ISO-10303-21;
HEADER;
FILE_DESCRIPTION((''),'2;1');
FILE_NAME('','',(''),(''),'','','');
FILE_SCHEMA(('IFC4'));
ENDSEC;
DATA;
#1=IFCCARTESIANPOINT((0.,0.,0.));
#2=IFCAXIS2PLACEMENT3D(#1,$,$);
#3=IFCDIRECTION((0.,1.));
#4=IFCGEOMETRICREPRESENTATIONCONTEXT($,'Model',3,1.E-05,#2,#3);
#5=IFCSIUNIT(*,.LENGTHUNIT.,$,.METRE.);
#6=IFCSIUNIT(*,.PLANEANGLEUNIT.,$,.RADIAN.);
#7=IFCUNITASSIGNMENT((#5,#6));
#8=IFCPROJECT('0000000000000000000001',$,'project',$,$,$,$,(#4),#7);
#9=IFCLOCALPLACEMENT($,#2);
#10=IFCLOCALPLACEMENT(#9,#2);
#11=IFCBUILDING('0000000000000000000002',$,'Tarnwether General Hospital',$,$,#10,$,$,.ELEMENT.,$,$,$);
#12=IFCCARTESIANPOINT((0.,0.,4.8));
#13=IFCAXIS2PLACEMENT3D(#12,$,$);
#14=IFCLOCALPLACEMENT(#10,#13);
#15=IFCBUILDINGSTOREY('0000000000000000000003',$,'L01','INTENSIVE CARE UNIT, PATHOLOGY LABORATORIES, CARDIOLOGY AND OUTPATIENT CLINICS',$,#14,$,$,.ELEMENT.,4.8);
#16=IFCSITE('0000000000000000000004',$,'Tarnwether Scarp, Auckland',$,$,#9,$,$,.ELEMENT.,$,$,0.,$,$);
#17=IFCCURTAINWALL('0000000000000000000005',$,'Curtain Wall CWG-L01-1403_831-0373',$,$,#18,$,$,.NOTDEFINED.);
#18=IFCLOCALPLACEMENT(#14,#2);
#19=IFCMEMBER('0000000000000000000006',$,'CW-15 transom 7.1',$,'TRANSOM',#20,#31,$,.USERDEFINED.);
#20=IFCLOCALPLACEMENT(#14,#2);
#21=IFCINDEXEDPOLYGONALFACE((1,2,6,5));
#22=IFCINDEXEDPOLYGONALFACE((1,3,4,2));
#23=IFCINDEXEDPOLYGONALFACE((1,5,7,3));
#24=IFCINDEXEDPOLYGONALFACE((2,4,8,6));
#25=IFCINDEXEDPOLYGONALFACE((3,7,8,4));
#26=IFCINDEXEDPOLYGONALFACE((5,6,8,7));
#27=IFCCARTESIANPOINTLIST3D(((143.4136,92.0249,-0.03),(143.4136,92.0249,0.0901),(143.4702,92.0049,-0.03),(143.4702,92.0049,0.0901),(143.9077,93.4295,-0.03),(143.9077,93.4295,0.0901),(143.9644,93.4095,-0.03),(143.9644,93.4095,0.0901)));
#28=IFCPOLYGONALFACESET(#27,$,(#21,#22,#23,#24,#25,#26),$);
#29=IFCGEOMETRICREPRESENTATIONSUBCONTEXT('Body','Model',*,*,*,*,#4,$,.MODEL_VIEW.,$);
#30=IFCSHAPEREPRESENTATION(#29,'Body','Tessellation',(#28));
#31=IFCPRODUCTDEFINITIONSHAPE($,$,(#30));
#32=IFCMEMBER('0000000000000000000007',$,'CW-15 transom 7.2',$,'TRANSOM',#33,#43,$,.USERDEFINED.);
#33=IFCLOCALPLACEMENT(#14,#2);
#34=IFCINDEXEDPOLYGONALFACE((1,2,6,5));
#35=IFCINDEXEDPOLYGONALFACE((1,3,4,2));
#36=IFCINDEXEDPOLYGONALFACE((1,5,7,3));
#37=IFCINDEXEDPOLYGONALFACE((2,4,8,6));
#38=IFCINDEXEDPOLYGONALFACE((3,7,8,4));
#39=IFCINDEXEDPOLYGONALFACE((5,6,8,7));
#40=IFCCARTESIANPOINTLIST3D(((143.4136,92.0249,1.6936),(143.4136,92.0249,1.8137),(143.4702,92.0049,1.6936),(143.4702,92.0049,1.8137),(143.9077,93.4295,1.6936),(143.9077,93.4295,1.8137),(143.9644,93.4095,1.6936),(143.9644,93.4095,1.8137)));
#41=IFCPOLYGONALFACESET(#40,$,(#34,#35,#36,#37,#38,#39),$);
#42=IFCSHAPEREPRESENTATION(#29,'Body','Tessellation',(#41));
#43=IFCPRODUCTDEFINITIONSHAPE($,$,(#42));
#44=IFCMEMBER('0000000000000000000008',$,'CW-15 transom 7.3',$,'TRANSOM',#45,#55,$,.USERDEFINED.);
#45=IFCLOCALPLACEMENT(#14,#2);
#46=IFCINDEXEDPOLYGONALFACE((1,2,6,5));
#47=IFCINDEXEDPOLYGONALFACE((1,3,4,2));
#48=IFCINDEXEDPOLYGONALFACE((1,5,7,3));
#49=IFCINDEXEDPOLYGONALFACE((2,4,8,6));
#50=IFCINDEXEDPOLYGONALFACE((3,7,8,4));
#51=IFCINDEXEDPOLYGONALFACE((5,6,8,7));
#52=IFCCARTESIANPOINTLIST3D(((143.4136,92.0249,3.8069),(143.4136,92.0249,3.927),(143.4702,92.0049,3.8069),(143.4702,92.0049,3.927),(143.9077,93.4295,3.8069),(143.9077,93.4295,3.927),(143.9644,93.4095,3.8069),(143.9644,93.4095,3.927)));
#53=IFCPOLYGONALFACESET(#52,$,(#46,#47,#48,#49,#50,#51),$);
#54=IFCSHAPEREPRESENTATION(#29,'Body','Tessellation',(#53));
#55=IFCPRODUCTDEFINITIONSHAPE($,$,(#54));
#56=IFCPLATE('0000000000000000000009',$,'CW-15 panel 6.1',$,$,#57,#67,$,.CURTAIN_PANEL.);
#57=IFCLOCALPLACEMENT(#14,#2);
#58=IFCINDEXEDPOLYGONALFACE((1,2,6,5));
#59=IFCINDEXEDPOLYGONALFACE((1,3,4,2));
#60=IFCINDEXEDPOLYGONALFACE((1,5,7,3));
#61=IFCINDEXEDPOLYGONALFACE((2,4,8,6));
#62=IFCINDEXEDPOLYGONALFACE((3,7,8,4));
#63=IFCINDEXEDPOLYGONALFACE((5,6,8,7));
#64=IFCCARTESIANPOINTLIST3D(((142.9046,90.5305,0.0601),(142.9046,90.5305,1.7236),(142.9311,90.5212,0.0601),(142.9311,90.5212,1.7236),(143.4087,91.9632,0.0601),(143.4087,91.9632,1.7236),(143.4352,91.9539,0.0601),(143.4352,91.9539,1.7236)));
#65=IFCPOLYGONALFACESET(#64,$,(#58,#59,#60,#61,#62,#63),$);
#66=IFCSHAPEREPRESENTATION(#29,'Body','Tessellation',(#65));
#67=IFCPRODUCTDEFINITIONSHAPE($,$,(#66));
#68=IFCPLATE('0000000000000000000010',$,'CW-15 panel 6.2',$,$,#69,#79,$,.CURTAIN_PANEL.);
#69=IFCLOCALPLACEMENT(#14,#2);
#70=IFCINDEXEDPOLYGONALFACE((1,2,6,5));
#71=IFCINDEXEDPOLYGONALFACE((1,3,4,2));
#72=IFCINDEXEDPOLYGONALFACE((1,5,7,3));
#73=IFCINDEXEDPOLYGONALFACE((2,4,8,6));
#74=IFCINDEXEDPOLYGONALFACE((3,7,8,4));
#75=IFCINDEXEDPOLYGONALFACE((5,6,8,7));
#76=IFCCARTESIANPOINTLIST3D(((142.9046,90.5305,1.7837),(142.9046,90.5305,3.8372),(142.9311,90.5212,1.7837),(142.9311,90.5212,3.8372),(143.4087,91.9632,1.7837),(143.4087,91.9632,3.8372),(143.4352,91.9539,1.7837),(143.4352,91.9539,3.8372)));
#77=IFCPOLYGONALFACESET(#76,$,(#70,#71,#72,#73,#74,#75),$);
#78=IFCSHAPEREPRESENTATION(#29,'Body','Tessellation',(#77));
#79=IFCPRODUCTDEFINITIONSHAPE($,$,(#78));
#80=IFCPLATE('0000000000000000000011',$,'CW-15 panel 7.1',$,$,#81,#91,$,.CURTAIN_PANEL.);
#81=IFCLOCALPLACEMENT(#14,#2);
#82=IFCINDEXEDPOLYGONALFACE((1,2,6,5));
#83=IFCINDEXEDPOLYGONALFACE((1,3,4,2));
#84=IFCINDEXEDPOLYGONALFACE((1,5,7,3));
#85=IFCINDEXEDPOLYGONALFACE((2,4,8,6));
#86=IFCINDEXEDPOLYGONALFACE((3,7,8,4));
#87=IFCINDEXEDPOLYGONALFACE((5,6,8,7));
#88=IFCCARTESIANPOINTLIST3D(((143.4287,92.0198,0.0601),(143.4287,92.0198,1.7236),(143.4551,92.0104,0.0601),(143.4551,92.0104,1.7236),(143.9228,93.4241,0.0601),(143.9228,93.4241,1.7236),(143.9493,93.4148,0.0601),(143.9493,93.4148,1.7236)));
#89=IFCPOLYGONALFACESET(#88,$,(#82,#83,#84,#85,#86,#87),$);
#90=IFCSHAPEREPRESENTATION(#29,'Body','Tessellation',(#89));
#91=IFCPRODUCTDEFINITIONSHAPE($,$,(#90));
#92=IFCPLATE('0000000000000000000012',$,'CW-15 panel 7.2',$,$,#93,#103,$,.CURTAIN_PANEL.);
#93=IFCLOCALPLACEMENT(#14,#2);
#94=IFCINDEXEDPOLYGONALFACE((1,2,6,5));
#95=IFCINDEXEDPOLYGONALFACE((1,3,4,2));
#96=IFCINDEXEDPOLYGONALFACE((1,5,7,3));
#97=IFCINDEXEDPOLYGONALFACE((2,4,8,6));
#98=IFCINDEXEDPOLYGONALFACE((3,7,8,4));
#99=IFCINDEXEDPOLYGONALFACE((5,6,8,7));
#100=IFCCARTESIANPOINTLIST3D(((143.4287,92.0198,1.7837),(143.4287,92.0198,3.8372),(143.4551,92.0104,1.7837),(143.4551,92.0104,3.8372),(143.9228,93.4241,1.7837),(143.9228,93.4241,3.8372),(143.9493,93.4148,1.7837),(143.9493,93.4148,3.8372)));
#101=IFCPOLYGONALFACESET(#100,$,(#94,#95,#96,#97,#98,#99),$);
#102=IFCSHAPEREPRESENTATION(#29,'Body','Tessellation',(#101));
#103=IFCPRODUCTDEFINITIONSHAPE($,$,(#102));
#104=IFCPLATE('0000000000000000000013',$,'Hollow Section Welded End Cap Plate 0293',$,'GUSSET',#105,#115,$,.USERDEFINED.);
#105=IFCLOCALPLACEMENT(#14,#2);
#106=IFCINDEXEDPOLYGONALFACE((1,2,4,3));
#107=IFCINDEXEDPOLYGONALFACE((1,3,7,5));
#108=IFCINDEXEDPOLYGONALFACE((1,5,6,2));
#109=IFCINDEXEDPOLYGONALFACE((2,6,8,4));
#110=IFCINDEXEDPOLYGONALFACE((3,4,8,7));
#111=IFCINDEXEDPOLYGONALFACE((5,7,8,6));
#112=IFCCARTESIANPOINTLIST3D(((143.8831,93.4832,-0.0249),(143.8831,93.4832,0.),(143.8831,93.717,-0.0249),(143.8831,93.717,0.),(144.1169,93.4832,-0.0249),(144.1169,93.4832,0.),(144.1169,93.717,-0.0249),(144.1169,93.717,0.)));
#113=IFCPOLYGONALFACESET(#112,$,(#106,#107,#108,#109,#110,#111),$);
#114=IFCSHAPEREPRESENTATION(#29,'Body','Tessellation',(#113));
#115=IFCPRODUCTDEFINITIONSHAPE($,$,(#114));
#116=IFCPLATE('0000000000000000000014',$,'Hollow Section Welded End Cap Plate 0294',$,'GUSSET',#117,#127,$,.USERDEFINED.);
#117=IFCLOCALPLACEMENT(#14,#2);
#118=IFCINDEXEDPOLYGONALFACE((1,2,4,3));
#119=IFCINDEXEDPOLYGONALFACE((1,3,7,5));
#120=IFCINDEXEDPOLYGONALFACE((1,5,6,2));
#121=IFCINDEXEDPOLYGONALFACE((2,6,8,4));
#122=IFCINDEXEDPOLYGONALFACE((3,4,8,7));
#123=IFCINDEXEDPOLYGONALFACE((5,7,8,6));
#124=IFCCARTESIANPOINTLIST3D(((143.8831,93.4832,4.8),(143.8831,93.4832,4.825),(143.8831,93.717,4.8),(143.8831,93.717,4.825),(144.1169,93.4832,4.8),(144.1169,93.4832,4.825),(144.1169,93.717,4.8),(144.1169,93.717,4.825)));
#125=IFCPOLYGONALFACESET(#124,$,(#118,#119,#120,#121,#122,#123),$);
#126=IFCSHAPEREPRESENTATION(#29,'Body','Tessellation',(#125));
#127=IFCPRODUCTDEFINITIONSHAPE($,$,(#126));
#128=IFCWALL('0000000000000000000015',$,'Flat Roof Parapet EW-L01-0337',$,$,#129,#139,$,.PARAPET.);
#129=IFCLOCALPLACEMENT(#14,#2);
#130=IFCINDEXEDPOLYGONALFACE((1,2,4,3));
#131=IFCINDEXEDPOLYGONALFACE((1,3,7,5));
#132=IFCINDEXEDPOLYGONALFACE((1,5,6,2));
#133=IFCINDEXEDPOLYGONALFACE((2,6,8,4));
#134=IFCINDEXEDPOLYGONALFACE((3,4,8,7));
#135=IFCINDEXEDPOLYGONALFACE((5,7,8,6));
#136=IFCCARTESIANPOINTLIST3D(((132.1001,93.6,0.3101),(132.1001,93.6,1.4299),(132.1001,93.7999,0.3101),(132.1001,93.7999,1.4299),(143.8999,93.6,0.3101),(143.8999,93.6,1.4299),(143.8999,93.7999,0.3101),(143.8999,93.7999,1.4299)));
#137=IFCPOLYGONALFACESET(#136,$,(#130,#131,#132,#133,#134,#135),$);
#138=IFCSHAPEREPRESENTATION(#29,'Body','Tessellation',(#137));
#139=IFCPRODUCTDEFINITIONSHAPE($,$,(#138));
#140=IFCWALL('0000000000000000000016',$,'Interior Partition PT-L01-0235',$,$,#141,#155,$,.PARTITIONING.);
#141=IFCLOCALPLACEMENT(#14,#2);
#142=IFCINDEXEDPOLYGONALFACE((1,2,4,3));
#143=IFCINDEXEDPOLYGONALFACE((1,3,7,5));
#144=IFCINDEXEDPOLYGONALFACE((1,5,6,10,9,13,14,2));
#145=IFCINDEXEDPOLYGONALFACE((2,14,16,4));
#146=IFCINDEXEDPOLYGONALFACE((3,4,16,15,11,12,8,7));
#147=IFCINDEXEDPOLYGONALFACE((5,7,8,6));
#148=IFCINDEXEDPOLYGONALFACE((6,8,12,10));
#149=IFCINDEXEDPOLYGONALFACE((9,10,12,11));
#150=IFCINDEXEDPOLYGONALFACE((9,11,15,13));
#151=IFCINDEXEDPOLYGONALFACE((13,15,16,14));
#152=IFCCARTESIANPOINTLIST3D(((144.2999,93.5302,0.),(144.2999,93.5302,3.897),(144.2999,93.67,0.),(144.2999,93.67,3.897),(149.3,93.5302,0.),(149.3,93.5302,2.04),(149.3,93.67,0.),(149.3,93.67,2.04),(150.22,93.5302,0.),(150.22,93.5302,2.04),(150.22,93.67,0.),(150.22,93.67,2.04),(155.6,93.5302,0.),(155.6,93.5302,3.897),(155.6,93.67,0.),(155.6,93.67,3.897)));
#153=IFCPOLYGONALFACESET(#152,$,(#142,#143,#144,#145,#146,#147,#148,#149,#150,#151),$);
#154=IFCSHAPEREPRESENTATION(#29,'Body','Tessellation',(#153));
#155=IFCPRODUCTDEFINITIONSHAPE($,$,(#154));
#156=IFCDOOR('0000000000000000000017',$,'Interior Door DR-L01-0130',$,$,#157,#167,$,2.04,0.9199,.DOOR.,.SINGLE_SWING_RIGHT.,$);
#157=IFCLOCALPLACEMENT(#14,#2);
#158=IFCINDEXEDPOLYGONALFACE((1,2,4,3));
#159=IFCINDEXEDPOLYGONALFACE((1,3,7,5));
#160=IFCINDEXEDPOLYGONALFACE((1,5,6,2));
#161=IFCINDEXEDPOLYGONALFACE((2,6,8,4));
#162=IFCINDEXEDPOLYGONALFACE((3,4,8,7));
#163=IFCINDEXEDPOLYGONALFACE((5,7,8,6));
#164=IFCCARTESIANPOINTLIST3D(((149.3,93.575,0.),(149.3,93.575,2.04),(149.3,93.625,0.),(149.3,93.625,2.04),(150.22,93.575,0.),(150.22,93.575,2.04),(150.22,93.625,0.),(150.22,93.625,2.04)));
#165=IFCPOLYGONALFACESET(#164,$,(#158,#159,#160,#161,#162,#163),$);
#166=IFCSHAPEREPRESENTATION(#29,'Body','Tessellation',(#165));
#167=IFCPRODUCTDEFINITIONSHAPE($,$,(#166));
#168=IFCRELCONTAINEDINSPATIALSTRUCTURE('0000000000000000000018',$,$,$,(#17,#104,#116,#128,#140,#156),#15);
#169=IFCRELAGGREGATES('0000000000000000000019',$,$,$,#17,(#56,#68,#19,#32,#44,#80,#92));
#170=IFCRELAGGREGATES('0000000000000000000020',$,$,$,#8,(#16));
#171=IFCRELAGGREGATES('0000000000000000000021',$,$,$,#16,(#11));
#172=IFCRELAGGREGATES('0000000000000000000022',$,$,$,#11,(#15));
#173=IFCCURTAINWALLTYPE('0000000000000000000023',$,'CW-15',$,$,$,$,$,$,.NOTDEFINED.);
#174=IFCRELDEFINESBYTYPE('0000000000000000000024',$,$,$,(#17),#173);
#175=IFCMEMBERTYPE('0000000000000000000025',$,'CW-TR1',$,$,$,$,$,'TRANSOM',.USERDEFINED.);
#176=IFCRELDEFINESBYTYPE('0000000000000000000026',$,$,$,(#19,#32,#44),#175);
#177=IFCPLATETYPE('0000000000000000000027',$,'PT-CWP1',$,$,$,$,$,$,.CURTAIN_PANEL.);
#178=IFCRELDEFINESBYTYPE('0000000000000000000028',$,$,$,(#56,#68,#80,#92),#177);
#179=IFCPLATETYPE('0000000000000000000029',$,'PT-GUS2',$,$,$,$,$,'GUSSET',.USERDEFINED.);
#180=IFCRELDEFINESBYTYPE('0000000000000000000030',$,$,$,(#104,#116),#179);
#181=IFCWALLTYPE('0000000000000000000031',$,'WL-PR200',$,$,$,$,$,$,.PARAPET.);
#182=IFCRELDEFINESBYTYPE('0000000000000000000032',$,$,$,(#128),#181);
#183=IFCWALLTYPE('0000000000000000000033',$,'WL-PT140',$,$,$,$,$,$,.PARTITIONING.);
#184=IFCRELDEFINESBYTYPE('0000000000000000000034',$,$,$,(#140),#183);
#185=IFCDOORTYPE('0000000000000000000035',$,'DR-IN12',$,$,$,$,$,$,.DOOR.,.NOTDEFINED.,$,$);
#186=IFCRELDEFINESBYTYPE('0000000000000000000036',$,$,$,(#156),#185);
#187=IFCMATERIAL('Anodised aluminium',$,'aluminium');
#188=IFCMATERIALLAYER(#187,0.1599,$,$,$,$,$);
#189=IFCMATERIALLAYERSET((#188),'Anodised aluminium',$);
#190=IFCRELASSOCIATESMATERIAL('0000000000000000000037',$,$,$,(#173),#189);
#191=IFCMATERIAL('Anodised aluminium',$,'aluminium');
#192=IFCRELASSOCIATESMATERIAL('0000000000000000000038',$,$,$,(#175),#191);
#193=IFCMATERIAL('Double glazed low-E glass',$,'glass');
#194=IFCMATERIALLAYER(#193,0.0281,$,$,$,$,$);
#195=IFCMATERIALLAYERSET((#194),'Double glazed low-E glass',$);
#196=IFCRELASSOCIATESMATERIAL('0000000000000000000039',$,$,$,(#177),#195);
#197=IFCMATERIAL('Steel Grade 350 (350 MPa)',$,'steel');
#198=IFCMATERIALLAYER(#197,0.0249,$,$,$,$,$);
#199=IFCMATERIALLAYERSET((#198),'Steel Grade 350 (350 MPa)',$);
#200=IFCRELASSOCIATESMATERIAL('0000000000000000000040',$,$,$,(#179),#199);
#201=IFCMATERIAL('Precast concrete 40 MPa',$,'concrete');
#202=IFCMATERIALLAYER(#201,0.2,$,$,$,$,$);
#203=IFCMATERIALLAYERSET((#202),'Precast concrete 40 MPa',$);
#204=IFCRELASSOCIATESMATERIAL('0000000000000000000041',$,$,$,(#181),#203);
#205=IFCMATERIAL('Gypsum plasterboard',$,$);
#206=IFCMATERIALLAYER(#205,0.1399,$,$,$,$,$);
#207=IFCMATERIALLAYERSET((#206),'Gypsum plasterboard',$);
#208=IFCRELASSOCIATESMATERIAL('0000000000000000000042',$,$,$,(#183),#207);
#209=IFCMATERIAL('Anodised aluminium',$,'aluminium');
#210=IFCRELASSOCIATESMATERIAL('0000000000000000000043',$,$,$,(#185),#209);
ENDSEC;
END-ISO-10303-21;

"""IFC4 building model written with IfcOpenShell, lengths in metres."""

from ifc_helpers import new_model, si_unit, direction, frame, frame_2d, origin, origin_2d, place, context, subcontext, project, spatial, rectangle, extrude, material, layer, layer_set, material_profile, profile_set, type_object, element, fill, aggregate, save


model = new_model("IFC4")

# Units and contexts
model_context = context("Model", 3, precision=1e-05, world=origin(), true_north=direction((0.0, 1.0)))
body_context = subcontext(model_context, "Body", "Model", "MODEL_VIEW")
ifc_project = project(units=[si_unit("LENGTHUNIT", "METRE"), si_unit("PLANEANGLEUNIT", "RADIAN")], contexts=[model_context])

# Site, building, storey
site_placement = place(None, origin())
site = spatial("IfcSite", under=ifc_project, at=site_placement, Name="Tarnwether Scarp, Auckland", CompositionType="ELEMENT", RefElevation=0.0)
building_placement = place(site_placement, origin())
building = spatial("IfcBuilding", under=site, at=building_placement, Name="Tarnwether General Hospital", CompositionType="ELEMENT")
storey_placement = place(building_placement, frame((0.0, 0.0, 4.8)))
storey = spatial("IfcBuildingStorey", under=building, at=storey_placement, Name="L01", Description="INTENSIVE CARE UNIT, PATHOLOGY LABORATORIES, CARDIOLOGY AND OUTPATIENT CLINICS", CompositionType="ELEMENT", Elevation=4.8)

# Curtain wall, members, plates
ifc_material_1 = material(Name="Anodised aluminium", Category="aluminium")
ifc_layer_1 = layer(ifc_material_1, 0.1599)
ifc_layer_set_1 = layer_set([ifc_layer_1], Name="Anodised aluminium")
curtain_wall_type = type_object("IfcCurtainWallType", Name="CW-15", PredefinedType="NOTDEFINED", material=ifc_layer_set_1)
curtain_wall_placement = place(storey_placement, origin())
curtain_wall = element("IfcCurtainWall", 1, at=curtain_wall_placement, inside=storey, type_object=curtain_wall_type, Name="Curtain Wall CWG-L01-1403_831-0373", PredefinedType="NOTDEFINED")
ifc_material_2 = material(Name="Anodised aluminium", Category="aluminium")
ifc_material_profile_1 = material_profile(ifc_material_2, rectangle(XDim=0.0601, YDim=0.1201, at=origin_2d()), Name="ALU-TRN-60x120")
ifc_profile_set_1 = profile_set([ifc_material_profile_1], Name="Anodised aluminium")
member_type_1 = type_object("IfcMemberType", Name="CW-TR1", ElementType="TRANSOM", PredefinedType="USERDEFINED", material=ifc_profile_set_1)
member_1_placement = place(storey_placement, frame((143.4419, 92.0149, 0.03), z_axis=(0.331876, 0.943323, 0.0), x_axis=(-0.943323, 0.331876, 0.0)))
member_1 = element("IfcMember", 2, at=member_1_placement, type_object=member_type_1, Name="CW-15 transom 7.1", ObjectType="TRANSOM", PredefinedType="USERDEFINED", context=body_context, shape_type="SweptSolid", body=[
    extrude(rectangle(XDim=0.0601, YDim=0.1201, at=origin_2d()), origin(), (0.0, 0.0, 1.0), 1.489),
])
member_2_placement = place(storey_placement, frame((143.4419, 92.0149, 1.7537), z_axis=(0.331876, 0.943323, 0.0), x_axis=(-0.943323, 0.331876, 0.0)))
member_2 = element("IfcMember", 3, at=member_2_placement, type_object=member_type_1, Name="CW-15 transom 7.2", ObjectType="TRANSOM", PredefinedType="USERDEFINED", context=body_context, shape_type="SweptSolid", body=[
    extrude(rectangle(XDim=0.0601, YDim=0.1201, at=origin_2d()), origin(), (0.0, 0.0, 1.0), 1.489),
])
member_3_placement = place(storey_placement, frame((143.4419, 92.0149, 3.8669), z_axis=(0.331876, 0.943323, 0.0), x_axis=(-0.943323, 0.331876, 0.0)))
member_3 = element("IfcMember", 4, at=member_3_placement, type_object=member_type_1, Name="CW-15 transom 7.3", ObjectType="TRANSOM", PredefinedType="USERDEFINED", context=body_context, shape_type="SweptSolid", body=[
    extrude(rectangle(XDim=0.0601, YDim=0.1201, at=origin_2d()), origin(), (0.0, 0.0, 1.0), 1.489),
])
ifc_material_3 = material(Name="Double glazed low-E glass", Category="glass")
ifc_layer_2 = layer(ifc_material_3, 0.0281)
ifc_layer_set_2 = layer_set([ifc_layer_2], Name="Double glazed low-E glass")
plate_type_1 = type_object("IfcPlateType", Name="PT-CWP1", PredefinedType="CURTAIN_PANEL", material=ifc_layer_set_2)
plate_1_placement = place(storey_placement, frame((143.1699, 91.2422, 0.0601), z_axis=(0.0, 0.0, 1.0), x_axis=(0.331902, 0.943314, 0.0)))
plate_1 = element("IfcPlate", 5, at=plate_1_placement, type_object=plate_type_1, Name="CW-15 panel 6.1", PredefinedType="CURTAIN_PANEL", context=body_context, shape_type="SweptSolid", body=[
    extrude(rectangle(XDim=1.5188, YDim=0.0281, at=origin_2d()), origin(), (0.0, 0.0, 1.0), 1.6636),
])
plate_2_placement = place(storey_placement, frame((143.1699, 91.2422, 1.7837), z_axis=(0.0, 0.0, 1.0), x_axis=(0.331902, 0.943314, 0.0)))
plate_2 = element("IfcPlate", 6, at=plate_2_placement, type_object=plate_type_1, Name="CW-15 panel 6.2", PredefinedType="CURTAIN_PANEL", context=body_context, shape_type="SweptSolid", body=[
    extrude(rectangle(XDim=1.5188, YDim=0.0281, at=origin_2d()), origin(), (0.0, 0.0, 1.0), 2.0535),
])
plate_3_placement = place(storey_placement, frame((143.689, 92.7173, 0.0601), z_axis=(0.0, 0.0, 1.0), x_axis=(0.331902, 0.943314, 0.0)))
plate_3 = element("IfcPlate", 7, at=plate_3_placement, type_object=plate_type_1, Name="CW-15 panel 7.1", PredefinedType="CURTAIN_PANEL", context=body_context, shape_type="SweptSolid", body=[
    extrude(rectangle(XDim=1.4888, YDim=0.0281, at=origin_2d()), origin(), (0.0, 0.0, 1.0), 1.6636),
])
plate_4_placement = place(storey_placement, frame((143.689, 92.7173, 1.7837), z_axis=(0.0, 0.0, 1.0), x_axis=(0.331902, 0.943314, 0.0)))
plate_4 = element("IfcPlate", 8, at=plate_4_placement, type_object=plate_type_1, Name="CW-15 panel 7.2", PredefinedType="CURTAIN_PANEL", context=body_context, shape_type="SweptSolid", body=[
    extrude(rectangle(XDim=1.4888, YDim=0.0281, at=origin_2d()), origin(), (0.0, 0.0, 1.0), 2.0535),
])
aggregate(curtain_wall, [plate_1, plate_2, member_1, member_2, member_3, plate_3, plate_4])

# Plates
ifc_material_4 = material(Name="Steel Grade 350 (350 MPa)", Category="steel")
ifc_layer_3 = layer(ifc_material_4, 0.0249)
ifc_layer_set_3 = layer_set([ifc_layer_3], Name="Steel Grade 350 (350 MPa)")
plate_type_2 = type_object("IfcPlateType", Name="PT-GUS2", ElementType="GUSSET", PredefinedType="USERDEFINED", material=ifc_layer_set_3)
for number, where, z_axis, x_axis, name in (
    (9, (144.0, 93.6001, -0.0249), (0.0, 0.0, 1.0), (1.0, 0.0, 0.0), "Hollow Section Welded End Cap Plate 0293"),
    (10, (144.0, 93.6001, 4.8), (0.0, 0.0, 1.0), (1.0, 0.0, 0.0), "Hollow Section Welded End Cap Plate 0294"),
):
    element("IfcPlate", number, at=place(storey_placement, frame(where, z_axis=z_axis, x_axis=x_axis)), inside=storey, type_object=plate_type_2, Name=name, ObjectType="GUSSET", PredefinedType="USERDEFINED", context=body_context, shape_type="SweptSolid", body=[
        extrude(rectangle(XDim=0.2339, YDim=0.2339, at=origin_2d()), origin(), (0.0, 0.0, 1.0), 0.0249),
    ])

# Wall
ifc_material_5 = material(Name="Precast concrete 40 MPa", Category="concrete")
ifc_layer_4 = layer(ifc_material_5, 0.2)
ifc_layer_set_4 = layer_set([ifc_layer_4], Name="Precast concrete 40 MPa")
wall_type_1 = type_object("IfcWallType", Name="WL-PR200", PredefinedType="PARAPET", material=ifc_layer_set_4)
wall_1_placement = place(storey_placement, frame((143.8999, 93.7, 0.3101), z_axis=(0.0, 0.0, 1.0), x_axis=(-1.0, 0.0, 0.0)))
element("IfcWall", 11, at=wall_1_placement, inside=storey, type_object=wall_type_1, Name="Flat Roof Parapet EW-L01-0337", PredefinedType="PARAPET", context=body_context, shape_type="SweptSolid", body=[
    extrude(rectangle(XDim=11.7998, YDim=0.2, at=frame_2d((5.8999, 0.0))), origin(), (0.0, 0.0, 1.0), 1.1199),
])

# Wall, opening, door
ifc_material_6 = material(Name="Gypsum plasterboard")
ifc_layer_5 = layer(ifc_material_6, 0.1399)
ifc_layer_set_5 = layer_set([ifc_layer_5], Name="Gypsum plasterboard")
wall_type_2 = type_object("IfcWallType", Name="WL-PT140", PredefinedType="PARTITIONING", material=ifc_layer_set_5)
wall_2_placement = place(storey_placement, frame((144.3, 93.6001, 0.0), z_axis=(0.0, 0.0, 1.0), x_axis=(1.0, 0.0, 0.0)))
wall_2 = element("IfcWall", 12, at=wall_2_placement, inside=storey, type_object=wall_type_2, Name="Interior Partition PT-L01-0235", PredefinedType="PARTITIONING", context=body_context, shape_type="SweptSolid", body=[
    extrude(rectangle(XDim=11.3, YDim=0.1399, at=frame_2d((5.6499, 0.0))), origin(), (0.0, 0.0, 1.0), 3.897),
])
opening_placement = place(wall_2_placement, frame((5.0, 0.0, 0.0)))
opening = element("IfcOpeningElement", 13, at=opening_placement, cuts=wall_2, PredefinedType="OPENING", context=body_context, shape_type="SweptSolid", body=[
    extrude(rectangle(XDim=0.9199, YDim=2.04, at=frame_2d((0.46, 1.02))), frame((0.0, 0.0801, 0.0), z_axis=(0.0, -1.0, 0.0), x_axis=(1.0, 0.0, 0.0)), (0.0, 0.0, 1.0), 0.1599),
])
ifc_material_7 = material(Name="Anodised aluminium", Category="aluminium")
door_type = type_object("IfcDoorType", Name="DR-IN12", OperationType="NOTDEFINED", PredefinedType="DOOR", material=ifc_material_7)
door_placement = place(opening_placement, origin())
door = element("IfcDoor", 14, at=door_placement, inside=storey, type_object=door_type, Name="Interior Door DR-L01-0130", OperationType="SINGLE_SWING_RIGHT", OverallHeight=2.04, OverallWidth=0.9199, PredefinedType="DOOR", context=body_context, shape_type="SweptSolid", body=[
    extrude(rectangle(XDim=0.9199, YDim=2.04, at=frame_2d((0.46, 1.02))), frame((0.0, 0.0249, 0.0), z_axis=(0.0, -1.0, 0.0), x_axis=(1.0, 0.0, 0.0)), (0.0, 0.0, 1.0), 0.05),
])
fill(opening, door)

save(model, "model.ifc")
